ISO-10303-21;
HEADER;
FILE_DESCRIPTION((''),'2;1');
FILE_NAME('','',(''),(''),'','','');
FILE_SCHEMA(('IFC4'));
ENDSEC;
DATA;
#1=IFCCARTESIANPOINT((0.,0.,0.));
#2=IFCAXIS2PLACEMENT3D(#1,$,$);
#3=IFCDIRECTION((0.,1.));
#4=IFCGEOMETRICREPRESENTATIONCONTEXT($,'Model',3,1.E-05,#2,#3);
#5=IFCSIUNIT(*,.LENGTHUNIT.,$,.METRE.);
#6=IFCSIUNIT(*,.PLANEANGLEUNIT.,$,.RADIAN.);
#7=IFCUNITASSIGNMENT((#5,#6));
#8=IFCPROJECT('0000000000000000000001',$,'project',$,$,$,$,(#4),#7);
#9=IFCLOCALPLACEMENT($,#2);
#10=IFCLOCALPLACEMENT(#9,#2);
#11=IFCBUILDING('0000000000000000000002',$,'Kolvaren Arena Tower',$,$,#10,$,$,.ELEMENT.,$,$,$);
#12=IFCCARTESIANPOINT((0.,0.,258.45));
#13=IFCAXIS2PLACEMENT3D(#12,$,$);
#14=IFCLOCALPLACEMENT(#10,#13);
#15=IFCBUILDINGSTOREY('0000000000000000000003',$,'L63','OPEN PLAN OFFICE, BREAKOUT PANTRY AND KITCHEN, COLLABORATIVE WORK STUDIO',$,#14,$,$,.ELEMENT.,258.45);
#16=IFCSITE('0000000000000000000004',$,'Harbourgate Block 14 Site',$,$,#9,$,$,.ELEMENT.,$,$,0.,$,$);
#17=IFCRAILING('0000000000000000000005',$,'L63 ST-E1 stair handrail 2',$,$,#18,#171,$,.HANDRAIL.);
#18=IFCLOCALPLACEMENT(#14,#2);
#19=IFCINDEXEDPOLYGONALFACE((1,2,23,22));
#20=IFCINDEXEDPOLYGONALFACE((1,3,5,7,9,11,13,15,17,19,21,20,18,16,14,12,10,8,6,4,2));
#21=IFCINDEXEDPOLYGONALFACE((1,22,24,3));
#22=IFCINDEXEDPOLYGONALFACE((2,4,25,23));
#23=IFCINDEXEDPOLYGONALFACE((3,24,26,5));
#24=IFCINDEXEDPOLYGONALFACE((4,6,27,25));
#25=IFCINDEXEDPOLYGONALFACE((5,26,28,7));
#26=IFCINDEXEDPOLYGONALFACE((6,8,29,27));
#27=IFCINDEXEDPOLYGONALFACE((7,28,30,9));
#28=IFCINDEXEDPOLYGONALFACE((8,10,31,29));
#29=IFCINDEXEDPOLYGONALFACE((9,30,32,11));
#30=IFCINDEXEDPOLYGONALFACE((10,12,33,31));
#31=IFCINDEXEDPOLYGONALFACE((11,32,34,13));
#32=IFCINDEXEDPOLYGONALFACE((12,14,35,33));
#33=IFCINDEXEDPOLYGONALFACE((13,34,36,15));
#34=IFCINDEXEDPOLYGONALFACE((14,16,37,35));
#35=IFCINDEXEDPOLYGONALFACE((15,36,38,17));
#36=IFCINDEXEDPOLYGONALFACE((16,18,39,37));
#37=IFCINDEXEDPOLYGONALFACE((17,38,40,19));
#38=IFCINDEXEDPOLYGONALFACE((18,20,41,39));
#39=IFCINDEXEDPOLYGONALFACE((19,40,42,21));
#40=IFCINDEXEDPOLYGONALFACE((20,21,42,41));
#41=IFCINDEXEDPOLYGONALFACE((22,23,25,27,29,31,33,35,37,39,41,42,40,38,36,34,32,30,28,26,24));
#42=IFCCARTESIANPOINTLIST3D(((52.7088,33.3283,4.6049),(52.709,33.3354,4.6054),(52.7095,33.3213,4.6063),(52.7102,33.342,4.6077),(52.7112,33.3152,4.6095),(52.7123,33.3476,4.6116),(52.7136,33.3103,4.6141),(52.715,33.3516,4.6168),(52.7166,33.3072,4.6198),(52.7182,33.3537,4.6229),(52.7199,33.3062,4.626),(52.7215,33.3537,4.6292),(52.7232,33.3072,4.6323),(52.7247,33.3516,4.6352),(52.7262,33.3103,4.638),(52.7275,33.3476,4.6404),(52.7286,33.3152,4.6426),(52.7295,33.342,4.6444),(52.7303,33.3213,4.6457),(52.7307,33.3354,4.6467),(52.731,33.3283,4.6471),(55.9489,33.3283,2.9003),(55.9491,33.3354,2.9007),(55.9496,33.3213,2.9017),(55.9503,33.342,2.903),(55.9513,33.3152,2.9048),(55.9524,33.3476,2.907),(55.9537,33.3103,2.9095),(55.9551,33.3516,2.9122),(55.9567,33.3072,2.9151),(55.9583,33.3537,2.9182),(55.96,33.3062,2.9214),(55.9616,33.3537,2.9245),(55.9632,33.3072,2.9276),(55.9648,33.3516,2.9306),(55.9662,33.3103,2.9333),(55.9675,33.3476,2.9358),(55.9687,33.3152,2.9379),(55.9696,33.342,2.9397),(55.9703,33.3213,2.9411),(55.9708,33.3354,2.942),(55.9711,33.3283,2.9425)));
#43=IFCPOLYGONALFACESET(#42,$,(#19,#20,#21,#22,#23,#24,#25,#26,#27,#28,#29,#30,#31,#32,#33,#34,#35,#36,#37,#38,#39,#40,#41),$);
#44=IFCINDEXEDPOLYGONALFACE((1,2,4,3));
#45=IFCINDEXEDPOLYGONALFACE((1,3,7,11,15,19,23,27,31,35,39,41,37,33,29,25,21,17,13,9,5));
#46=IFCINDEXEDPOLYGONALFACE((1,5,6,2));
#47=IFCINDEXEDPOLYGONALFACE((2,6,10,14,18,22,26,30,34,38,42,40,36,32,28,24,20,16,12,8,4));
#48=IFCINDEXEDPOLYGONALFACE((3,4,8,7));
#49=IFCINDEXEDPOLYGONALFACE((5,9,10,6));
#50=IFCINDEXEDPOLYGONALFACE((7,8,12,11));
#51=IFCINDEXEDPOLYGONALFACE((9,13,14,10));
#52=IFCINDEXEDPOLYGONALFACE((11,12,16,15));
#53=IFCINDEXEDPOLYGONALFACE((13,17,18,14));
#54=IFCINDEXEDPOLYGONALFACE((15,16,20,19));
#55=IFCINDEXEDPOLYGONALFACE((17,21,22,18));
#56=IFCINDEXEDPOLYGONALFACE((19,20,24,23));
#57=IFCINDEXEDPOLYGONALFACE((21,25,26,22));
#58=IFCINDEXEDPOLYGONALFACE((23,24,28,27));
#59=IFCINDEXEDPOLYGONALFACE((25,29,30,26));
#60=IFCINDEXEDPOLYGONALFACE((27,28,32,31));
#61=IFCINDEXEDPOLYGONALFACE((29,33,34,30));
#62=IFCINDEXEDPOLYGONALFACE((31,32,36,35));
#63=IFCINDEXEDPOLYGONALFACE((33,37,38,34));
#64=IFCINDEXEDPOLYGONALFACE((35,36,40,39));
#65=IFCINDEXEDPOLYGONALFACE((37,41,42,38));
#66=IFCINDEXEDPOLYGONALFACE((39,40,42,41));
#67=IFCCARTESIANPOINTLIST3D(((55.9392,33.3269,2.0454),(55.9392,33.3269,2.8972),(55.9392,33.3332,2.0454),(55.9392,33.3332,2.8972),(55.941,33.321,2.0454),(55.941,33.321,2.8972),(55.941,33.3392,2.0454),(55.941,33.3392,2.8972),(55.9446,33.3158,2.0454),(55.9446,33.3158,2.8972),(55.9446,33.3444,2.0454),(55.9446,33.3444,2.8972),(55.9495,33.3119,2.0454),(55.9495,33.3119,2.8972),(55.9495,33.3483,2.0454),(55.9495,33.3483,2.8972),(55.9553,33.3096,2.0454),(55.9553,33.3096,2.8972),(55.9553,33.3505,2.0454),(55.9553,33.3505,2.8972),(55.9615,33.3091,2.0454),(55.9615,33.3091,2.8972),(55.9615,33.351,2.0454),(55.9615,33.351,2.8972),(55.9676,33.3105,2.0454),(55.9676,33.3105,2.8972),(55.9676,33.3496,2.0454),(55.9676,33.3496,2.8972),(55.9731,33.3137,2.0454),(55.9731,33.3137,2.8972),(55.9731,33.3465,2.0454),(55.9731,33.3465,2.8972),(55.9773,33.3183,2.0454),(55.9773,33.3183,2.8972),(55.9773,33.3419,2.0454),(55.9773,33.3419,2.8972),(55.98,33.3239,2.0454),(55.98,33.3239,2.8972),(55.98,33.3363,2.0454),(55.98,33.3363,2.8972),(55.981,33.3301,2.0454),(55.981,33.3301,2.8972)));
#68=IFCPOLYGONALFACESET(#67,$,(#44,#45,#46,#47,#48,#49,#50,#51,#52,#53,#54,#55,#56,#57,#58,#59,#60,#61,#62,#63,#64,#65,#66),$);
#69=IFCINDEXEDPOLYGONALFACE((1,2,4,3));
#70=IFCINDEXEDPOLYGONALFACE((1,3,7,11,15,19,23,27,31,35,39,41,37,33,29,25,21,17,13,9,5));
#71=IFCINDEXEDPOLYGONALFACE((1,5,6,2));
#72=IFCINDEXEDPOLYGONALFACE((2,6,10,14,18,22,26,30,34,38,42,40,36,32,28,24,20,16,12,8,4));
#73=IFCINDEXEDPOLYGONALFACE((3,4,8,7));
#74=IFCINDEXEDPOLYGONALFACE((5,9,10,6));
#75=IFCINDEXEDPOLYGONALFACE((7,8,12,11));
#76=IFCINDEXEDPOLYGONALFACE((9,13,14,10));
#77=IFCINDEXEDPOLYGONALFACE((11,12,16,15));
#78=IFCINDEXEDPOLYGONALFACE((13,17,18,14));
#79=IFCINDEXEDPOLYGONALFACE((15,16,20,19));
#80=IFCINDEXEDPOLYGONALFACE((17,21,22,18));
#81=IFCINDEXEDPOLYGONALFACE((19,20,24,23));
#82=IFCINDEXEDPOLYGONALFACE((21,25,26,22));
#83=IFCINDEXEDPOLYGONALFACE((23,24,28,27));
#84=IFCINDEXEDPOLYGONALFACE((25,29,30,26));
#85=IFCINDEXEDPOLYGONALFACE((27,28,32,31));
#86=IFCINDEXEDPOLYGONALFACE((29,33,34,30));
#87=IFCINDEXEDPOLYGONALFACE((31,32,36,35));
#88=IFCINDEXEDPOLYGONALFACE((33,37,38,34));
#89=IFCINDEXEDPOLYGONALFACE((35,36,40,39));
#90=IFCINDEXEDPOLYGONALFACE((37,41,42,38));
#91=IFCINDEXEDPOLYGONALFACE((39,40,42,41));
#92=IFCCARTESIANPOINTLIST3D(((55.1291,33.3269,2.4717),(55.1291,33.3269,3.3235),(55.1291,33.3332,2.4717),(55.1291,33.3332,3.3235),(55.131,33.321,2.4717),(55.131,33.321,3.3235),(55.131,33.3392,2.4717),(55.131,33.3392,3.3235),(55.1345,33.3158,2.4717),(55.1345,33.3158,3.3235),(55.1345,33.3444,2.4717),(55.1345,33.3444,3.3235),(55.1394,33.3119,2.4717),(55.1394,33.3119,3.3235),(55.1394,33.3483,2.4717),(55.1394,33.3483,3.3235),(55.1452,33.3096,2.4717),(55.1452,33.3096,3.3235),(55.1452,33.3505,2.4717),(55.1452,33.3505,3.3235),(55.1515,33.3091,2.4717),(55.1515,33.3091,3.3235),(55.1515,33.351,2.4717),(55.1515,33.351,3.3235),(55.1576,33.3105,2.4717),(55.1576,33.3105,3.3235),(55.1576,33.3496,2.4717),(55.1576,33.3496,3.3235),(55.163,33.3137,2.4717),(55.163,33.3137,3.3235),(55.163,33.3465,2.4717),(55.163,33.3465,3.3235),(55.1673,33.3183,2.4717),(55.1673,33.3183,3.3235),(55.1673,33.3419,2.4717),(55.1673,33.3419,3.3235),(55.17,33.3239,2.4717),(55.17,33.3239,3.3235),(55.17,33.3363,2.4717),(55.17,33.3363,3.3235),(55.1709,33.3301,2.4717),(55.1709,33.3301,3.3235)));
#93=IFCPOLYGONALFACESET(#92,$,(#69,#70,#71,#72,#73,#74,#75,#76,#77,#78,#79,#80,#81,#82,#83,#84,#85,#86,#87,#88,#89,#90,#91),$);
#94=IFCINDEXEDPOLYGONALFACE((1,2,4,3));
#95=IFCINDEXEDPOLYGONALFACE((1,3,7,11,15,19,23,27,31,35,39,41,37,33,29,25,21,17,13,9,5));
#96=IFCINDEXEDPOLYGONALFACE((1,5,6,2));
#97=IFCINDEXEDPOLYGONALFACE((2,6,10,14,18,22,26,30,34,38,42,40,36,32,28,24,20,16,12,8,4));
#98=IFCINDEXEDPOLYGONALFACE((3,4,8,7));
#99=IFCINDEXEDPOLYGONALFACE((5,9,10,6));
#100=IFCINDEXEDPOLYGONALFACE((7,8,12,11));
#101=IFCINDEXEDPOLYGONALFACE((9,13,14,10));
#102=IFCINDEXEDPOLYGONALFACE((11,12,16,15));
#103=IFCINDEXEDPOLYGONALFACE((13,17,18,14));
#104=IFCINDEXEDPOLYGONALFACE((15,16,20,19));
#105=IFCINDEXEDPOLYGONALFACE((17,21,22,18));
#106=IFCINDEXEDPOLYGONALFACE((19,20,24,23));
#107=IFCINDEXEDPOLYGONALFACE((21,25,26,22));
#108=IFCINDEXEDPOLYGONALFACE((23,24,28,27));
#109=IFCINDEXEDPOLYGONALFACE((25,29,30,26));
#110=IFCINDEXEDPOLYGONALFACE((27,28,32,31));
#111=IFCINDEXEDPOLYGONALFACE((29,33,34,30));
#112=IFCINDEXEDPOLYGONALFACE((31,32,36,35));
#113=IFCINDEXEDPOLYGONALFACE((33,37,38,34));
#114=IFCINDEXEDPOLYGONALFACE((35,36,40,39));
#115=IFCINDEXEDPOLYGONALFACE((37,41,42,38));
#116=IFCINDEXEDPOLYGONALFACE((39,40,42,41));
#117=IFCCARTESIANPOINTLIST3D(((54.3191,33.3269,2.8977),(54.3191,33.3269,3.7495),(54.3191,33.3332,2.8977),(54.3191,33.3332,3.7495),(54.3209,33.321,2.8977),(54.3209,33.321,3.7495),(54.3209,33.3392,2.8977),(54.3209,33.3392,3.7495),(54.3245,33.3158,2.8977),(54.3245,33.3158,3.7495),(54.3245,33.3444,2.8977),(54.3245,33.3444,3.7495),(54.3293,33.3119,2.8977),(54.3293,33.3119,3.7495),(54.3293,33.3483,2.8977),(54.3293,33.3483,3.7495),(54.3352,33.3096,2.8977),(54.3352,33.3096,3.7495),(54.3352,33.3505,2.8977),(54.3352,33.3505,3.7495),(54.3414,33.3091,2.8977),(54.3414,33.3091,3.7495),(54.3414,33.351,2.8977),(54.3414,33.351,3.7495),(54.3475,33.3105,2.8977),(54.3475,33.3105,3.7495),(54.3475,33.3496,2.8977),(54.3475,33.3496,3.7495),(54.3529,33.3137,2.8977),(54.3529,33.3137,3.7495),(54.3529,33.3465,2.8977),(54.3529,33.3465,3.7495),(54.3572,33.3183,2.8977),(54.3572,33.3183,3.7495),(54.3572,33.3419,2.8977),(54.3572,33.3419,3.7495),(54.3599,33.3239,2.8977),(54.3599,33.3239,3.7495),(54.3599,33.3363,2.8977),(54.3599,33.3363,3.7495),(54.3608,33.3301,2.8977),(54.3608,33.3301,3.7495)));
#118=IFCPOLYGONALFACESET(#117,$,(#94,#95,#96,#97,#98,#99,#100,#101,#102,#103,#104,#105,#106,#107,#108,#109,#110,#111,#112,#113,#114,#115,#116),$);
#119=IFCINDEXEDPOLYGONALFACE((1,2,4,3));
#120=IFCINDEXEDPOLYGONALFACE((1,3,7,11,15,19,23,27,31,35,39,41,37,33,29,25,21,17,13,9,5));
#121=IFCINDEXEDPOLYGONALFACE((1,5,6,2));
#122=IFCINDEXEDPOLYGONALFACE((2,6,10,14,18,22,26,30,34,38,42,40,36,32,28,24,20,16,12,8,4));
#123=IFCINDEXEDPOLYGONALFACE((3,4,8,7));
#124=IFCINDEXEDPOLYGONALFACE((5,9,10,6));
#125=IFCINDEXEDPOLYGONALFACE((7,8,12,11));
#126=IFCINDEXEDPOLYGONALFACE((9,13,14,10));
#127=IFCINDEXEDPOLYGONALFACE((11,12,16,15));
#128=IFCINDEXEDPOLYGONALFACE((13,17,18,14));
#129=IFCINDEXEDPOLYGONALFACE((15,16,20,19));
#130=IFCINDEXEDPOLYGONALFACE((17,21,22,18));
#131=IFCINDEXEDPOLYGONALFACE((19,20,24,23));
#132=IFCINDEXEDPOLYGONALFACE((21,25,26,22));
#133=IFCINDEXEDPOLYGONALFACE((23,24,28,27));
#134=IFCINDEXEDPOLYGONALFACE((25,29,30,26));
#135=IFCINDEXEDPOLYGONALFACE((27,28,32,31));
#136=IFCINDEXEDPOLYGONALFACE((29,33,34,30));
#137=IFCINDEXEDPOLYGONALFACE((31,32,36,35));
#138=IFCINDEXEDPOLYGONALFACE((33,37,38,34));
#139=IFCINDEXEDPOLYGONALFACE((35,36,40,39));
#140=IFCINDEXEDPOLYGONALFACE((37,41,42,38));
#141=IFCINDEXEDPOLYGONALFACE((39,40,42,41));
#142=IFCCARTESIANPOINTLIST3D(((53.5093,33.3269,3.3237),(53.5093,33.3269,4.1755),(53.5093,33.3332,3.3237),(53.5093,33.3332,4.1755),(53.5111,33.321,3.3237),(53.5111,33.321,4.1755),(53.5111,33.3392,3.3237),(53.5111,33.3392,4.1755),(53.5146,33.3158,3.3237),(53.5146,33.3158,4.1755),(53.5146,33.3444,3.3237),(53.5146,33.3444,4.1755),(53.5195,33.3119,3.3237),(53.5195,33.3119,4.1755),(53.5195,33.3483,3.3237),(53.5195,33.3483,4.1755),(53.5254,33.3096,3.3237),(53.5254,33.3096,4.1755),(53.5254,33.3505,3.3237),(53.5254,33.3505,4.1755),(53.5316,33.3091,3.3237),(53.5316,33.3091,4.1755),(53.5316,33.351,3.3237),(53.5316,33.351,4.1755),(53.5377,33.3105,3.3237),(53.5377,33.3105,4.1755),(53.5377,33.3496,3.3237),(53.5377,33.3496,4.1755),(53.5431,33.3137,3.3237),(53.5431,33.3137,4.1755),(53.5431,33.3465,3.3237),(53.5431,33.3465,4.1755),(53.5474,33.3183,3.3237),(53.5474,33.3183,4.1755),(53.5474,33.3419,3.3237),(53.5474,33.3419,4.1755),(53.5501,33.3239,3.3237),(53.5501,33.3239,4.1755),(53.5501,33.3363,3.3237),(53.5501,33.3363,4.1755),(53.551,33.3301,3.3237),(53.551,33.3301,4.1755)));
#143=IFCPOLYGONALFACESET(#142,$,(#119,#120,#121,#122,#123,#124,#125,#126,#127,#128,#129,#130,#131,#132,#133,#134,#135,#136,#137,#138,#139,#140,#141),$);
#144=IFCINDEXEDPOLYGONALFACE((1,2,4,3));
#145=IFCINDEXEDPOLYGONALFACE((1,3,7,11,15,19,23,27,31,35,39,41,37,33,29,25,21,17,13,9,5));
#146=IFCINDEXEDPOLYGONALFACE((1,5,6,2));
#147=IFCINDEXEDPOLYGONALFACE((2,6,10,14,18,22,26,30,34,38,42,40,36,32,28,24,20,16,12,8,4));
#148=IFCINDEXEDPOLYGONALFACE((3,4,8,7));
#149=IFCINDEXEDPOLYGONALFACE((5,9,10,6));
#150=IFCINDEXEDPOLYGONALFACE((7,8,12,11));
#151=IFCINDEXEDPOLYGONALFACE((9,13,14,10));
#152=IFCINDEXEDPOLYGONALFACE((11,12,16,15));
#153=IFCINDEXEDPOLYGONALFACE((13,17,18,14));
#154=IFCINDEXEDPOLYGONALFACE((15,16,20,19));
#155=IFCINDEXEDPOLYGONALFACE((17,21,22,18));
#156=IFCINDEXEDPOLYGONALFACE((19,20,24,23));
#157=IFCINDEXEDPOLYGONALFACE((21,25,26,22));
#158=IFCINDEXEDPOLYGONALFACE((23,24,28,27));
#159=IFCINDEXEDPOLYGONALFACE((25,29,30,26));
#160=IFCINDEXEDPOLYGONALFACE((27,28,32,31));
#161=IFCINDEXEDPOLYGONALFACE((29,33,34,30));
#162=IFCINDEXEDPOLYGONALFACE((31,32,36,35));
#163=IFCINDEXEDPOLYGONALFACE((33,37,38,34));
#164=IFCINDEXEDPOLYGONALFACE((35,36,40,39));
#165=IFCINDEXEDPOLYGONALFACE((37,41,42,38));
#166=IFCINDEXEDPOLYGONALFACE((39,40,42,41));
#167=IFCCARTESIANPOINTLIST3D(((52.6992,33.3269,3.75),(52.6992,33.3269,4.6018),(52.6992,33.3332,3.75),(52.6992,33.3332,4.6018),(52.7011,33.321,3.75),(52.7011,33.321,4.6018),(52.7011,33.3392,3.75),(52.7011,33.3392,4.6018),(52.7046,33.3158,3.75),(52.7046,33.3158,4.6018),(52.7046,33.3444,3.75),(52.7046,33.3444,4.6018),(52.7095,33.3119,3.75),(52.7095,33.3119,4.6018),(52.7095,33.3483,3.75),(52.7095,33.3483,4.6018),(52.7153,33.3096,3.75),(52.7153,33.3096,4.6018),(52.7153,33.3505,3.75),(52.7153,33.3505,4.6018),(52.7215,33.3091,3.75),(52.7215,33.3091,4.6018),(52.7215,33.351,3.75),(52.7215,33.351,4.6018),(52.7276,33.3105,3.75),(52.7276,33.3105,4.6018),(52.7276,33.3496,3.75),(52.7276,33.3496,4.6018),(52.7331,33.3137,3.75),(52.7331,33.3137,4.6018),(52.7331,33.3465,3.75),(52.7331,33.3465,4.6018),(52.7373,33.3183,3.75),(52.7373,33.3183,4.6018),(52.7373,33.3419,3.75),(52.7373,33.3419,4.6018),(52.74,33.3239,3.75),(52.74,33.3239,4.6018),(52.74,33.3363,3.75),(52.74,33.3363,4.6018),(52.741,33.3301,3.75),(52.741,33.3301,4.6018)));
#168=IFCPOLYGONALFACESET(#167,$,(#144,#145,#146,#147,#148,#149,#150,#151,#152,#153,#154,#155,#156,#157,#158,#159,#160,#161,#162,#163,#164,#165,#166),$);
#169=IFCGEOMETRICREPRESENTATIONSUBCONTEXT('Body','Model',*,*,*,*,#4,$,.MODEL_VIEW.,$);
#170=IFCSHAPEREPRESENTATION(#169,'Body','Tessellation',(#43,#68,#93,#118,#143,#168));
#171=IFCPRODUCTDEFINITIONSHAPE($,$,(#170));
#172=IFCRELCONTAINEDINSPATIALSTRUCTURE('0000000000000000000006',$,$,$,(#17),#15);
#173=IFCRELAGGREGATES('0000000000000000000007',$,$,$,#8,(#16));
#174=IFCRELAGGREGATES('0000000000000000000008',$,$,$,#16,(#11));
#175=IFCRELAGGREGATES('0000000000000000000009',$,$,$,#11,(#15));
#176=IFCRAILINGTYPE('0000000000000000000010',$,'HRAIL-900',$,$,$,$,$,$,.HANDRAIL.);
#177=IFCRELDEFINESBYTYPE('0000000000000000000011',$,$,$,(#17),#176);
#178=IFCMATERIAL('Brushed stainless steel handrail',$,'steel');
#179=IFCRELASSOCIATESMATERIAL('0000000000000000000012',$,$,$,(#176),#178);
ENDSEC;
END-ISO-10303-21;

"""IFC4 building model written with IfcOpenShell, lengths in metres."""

from ifc_helpers import new_model, si_unit, direction, frame, origin, origin_2d, place, context, subcontext, project, spatial, circle, extrude, material, type_object, element, save


model = new_model("IFC4")

# Units and contexts
model_context = context("Model", 3, precision=1e-05, world=origin(), true_north=direction((0.0, 1.0)))
body_context = subcontext(model_context, "Body", "Model", "MODEL_VIEW")
ifc_project = project(units=[si_unit("LENGTHUNIT", "METRE"), si_unit("PLANEANGLEUNIT", "RADIAN")], contexts=[model_context])

# Site, building, storey
site_placement = place(None, origin())
site = spatial("IfcSite", under=ifc_project, at=site_placement, Name="Harbourgate Block 14 Site", CompositionType="ELEMENT", RefElevation=0.0)
building_placement = place(site_placement, origin())
building = spatial("IfcBuilding", under=site, at=building_placement, Name="Kolvaren Arena Tower", CompositionType="ELEMENT")
storey_placement = place(building_placement, frame((0.0, 0.0, 258.45)))
storey = spatial("IfcBuildingStorey", under=building, at=storey_placement, Name="L63", Description="OPEN PLAN OFFICE, BREAKOUT PANTRY AND KITCHEN, COLLABORATIVE WORK STUDIO", CompositionType="ELEMENT", Elevation=258.45)

# Railing
ifc_material_1 = material(Name="Brushed stainless steel handrail", Category="steel")
railing_type_1 = type_object("IfcRailingType", Name="HRAIL-900", PredefinedType="HANDRAIL", material=ifc_material_1)
for number, where, name in (
    (1, (55.96, 33.3301, 2.0454), "L63 ST-E1 stair handrail 2"),
):
    element("IfcRailing", number, at=place(storey_placement, frame(where)), inside=storey, type_object=railing_type_1, Name=name, PredefinedType="HANDRAIL", context=body_context, shape_type="SweptSolid", body=[
        extrude(circle(Radius=0.0239, at=origin_2d()), frame((0.0, 0.0, 0.876), z_axis=(-0.884993, 0.0, 0.465604), x_axis=(0.0, -1.0, 0.0)), (0.0, 0.0, 1.0), 3.6611),
        extrude(circle(Radius=0.021, at=origin_2d()), origin(), (0.0, 0.0, 1.0), 0.8518),
        extrude(circle(Radius=0.021, at=origin_2d()), frame((-0.8101, 0.0, 0.4263)), (0.0, 0.0, 1.0), 0.8518),
        extrude(circle(Radius=0.021, at=origin_2d()), frame((-1.6201, 0.0, 0.8523)), (0.0, 0.0, 1.0), 0.8518),
        extrude(circle(Radius=0.021, at=origin_2d()), frame((-2.4299, 0.0, 1.2783)), (0.0, 0.0, 1.0), 0.8518),
        extrude(circle(Radius=0.021, at=origin_2d()), frame((-3.24, 0.0, 1.7046)), (0.0, 0.0, 1.0), 0.8518),
    ])

save(model, "model.ifc")
